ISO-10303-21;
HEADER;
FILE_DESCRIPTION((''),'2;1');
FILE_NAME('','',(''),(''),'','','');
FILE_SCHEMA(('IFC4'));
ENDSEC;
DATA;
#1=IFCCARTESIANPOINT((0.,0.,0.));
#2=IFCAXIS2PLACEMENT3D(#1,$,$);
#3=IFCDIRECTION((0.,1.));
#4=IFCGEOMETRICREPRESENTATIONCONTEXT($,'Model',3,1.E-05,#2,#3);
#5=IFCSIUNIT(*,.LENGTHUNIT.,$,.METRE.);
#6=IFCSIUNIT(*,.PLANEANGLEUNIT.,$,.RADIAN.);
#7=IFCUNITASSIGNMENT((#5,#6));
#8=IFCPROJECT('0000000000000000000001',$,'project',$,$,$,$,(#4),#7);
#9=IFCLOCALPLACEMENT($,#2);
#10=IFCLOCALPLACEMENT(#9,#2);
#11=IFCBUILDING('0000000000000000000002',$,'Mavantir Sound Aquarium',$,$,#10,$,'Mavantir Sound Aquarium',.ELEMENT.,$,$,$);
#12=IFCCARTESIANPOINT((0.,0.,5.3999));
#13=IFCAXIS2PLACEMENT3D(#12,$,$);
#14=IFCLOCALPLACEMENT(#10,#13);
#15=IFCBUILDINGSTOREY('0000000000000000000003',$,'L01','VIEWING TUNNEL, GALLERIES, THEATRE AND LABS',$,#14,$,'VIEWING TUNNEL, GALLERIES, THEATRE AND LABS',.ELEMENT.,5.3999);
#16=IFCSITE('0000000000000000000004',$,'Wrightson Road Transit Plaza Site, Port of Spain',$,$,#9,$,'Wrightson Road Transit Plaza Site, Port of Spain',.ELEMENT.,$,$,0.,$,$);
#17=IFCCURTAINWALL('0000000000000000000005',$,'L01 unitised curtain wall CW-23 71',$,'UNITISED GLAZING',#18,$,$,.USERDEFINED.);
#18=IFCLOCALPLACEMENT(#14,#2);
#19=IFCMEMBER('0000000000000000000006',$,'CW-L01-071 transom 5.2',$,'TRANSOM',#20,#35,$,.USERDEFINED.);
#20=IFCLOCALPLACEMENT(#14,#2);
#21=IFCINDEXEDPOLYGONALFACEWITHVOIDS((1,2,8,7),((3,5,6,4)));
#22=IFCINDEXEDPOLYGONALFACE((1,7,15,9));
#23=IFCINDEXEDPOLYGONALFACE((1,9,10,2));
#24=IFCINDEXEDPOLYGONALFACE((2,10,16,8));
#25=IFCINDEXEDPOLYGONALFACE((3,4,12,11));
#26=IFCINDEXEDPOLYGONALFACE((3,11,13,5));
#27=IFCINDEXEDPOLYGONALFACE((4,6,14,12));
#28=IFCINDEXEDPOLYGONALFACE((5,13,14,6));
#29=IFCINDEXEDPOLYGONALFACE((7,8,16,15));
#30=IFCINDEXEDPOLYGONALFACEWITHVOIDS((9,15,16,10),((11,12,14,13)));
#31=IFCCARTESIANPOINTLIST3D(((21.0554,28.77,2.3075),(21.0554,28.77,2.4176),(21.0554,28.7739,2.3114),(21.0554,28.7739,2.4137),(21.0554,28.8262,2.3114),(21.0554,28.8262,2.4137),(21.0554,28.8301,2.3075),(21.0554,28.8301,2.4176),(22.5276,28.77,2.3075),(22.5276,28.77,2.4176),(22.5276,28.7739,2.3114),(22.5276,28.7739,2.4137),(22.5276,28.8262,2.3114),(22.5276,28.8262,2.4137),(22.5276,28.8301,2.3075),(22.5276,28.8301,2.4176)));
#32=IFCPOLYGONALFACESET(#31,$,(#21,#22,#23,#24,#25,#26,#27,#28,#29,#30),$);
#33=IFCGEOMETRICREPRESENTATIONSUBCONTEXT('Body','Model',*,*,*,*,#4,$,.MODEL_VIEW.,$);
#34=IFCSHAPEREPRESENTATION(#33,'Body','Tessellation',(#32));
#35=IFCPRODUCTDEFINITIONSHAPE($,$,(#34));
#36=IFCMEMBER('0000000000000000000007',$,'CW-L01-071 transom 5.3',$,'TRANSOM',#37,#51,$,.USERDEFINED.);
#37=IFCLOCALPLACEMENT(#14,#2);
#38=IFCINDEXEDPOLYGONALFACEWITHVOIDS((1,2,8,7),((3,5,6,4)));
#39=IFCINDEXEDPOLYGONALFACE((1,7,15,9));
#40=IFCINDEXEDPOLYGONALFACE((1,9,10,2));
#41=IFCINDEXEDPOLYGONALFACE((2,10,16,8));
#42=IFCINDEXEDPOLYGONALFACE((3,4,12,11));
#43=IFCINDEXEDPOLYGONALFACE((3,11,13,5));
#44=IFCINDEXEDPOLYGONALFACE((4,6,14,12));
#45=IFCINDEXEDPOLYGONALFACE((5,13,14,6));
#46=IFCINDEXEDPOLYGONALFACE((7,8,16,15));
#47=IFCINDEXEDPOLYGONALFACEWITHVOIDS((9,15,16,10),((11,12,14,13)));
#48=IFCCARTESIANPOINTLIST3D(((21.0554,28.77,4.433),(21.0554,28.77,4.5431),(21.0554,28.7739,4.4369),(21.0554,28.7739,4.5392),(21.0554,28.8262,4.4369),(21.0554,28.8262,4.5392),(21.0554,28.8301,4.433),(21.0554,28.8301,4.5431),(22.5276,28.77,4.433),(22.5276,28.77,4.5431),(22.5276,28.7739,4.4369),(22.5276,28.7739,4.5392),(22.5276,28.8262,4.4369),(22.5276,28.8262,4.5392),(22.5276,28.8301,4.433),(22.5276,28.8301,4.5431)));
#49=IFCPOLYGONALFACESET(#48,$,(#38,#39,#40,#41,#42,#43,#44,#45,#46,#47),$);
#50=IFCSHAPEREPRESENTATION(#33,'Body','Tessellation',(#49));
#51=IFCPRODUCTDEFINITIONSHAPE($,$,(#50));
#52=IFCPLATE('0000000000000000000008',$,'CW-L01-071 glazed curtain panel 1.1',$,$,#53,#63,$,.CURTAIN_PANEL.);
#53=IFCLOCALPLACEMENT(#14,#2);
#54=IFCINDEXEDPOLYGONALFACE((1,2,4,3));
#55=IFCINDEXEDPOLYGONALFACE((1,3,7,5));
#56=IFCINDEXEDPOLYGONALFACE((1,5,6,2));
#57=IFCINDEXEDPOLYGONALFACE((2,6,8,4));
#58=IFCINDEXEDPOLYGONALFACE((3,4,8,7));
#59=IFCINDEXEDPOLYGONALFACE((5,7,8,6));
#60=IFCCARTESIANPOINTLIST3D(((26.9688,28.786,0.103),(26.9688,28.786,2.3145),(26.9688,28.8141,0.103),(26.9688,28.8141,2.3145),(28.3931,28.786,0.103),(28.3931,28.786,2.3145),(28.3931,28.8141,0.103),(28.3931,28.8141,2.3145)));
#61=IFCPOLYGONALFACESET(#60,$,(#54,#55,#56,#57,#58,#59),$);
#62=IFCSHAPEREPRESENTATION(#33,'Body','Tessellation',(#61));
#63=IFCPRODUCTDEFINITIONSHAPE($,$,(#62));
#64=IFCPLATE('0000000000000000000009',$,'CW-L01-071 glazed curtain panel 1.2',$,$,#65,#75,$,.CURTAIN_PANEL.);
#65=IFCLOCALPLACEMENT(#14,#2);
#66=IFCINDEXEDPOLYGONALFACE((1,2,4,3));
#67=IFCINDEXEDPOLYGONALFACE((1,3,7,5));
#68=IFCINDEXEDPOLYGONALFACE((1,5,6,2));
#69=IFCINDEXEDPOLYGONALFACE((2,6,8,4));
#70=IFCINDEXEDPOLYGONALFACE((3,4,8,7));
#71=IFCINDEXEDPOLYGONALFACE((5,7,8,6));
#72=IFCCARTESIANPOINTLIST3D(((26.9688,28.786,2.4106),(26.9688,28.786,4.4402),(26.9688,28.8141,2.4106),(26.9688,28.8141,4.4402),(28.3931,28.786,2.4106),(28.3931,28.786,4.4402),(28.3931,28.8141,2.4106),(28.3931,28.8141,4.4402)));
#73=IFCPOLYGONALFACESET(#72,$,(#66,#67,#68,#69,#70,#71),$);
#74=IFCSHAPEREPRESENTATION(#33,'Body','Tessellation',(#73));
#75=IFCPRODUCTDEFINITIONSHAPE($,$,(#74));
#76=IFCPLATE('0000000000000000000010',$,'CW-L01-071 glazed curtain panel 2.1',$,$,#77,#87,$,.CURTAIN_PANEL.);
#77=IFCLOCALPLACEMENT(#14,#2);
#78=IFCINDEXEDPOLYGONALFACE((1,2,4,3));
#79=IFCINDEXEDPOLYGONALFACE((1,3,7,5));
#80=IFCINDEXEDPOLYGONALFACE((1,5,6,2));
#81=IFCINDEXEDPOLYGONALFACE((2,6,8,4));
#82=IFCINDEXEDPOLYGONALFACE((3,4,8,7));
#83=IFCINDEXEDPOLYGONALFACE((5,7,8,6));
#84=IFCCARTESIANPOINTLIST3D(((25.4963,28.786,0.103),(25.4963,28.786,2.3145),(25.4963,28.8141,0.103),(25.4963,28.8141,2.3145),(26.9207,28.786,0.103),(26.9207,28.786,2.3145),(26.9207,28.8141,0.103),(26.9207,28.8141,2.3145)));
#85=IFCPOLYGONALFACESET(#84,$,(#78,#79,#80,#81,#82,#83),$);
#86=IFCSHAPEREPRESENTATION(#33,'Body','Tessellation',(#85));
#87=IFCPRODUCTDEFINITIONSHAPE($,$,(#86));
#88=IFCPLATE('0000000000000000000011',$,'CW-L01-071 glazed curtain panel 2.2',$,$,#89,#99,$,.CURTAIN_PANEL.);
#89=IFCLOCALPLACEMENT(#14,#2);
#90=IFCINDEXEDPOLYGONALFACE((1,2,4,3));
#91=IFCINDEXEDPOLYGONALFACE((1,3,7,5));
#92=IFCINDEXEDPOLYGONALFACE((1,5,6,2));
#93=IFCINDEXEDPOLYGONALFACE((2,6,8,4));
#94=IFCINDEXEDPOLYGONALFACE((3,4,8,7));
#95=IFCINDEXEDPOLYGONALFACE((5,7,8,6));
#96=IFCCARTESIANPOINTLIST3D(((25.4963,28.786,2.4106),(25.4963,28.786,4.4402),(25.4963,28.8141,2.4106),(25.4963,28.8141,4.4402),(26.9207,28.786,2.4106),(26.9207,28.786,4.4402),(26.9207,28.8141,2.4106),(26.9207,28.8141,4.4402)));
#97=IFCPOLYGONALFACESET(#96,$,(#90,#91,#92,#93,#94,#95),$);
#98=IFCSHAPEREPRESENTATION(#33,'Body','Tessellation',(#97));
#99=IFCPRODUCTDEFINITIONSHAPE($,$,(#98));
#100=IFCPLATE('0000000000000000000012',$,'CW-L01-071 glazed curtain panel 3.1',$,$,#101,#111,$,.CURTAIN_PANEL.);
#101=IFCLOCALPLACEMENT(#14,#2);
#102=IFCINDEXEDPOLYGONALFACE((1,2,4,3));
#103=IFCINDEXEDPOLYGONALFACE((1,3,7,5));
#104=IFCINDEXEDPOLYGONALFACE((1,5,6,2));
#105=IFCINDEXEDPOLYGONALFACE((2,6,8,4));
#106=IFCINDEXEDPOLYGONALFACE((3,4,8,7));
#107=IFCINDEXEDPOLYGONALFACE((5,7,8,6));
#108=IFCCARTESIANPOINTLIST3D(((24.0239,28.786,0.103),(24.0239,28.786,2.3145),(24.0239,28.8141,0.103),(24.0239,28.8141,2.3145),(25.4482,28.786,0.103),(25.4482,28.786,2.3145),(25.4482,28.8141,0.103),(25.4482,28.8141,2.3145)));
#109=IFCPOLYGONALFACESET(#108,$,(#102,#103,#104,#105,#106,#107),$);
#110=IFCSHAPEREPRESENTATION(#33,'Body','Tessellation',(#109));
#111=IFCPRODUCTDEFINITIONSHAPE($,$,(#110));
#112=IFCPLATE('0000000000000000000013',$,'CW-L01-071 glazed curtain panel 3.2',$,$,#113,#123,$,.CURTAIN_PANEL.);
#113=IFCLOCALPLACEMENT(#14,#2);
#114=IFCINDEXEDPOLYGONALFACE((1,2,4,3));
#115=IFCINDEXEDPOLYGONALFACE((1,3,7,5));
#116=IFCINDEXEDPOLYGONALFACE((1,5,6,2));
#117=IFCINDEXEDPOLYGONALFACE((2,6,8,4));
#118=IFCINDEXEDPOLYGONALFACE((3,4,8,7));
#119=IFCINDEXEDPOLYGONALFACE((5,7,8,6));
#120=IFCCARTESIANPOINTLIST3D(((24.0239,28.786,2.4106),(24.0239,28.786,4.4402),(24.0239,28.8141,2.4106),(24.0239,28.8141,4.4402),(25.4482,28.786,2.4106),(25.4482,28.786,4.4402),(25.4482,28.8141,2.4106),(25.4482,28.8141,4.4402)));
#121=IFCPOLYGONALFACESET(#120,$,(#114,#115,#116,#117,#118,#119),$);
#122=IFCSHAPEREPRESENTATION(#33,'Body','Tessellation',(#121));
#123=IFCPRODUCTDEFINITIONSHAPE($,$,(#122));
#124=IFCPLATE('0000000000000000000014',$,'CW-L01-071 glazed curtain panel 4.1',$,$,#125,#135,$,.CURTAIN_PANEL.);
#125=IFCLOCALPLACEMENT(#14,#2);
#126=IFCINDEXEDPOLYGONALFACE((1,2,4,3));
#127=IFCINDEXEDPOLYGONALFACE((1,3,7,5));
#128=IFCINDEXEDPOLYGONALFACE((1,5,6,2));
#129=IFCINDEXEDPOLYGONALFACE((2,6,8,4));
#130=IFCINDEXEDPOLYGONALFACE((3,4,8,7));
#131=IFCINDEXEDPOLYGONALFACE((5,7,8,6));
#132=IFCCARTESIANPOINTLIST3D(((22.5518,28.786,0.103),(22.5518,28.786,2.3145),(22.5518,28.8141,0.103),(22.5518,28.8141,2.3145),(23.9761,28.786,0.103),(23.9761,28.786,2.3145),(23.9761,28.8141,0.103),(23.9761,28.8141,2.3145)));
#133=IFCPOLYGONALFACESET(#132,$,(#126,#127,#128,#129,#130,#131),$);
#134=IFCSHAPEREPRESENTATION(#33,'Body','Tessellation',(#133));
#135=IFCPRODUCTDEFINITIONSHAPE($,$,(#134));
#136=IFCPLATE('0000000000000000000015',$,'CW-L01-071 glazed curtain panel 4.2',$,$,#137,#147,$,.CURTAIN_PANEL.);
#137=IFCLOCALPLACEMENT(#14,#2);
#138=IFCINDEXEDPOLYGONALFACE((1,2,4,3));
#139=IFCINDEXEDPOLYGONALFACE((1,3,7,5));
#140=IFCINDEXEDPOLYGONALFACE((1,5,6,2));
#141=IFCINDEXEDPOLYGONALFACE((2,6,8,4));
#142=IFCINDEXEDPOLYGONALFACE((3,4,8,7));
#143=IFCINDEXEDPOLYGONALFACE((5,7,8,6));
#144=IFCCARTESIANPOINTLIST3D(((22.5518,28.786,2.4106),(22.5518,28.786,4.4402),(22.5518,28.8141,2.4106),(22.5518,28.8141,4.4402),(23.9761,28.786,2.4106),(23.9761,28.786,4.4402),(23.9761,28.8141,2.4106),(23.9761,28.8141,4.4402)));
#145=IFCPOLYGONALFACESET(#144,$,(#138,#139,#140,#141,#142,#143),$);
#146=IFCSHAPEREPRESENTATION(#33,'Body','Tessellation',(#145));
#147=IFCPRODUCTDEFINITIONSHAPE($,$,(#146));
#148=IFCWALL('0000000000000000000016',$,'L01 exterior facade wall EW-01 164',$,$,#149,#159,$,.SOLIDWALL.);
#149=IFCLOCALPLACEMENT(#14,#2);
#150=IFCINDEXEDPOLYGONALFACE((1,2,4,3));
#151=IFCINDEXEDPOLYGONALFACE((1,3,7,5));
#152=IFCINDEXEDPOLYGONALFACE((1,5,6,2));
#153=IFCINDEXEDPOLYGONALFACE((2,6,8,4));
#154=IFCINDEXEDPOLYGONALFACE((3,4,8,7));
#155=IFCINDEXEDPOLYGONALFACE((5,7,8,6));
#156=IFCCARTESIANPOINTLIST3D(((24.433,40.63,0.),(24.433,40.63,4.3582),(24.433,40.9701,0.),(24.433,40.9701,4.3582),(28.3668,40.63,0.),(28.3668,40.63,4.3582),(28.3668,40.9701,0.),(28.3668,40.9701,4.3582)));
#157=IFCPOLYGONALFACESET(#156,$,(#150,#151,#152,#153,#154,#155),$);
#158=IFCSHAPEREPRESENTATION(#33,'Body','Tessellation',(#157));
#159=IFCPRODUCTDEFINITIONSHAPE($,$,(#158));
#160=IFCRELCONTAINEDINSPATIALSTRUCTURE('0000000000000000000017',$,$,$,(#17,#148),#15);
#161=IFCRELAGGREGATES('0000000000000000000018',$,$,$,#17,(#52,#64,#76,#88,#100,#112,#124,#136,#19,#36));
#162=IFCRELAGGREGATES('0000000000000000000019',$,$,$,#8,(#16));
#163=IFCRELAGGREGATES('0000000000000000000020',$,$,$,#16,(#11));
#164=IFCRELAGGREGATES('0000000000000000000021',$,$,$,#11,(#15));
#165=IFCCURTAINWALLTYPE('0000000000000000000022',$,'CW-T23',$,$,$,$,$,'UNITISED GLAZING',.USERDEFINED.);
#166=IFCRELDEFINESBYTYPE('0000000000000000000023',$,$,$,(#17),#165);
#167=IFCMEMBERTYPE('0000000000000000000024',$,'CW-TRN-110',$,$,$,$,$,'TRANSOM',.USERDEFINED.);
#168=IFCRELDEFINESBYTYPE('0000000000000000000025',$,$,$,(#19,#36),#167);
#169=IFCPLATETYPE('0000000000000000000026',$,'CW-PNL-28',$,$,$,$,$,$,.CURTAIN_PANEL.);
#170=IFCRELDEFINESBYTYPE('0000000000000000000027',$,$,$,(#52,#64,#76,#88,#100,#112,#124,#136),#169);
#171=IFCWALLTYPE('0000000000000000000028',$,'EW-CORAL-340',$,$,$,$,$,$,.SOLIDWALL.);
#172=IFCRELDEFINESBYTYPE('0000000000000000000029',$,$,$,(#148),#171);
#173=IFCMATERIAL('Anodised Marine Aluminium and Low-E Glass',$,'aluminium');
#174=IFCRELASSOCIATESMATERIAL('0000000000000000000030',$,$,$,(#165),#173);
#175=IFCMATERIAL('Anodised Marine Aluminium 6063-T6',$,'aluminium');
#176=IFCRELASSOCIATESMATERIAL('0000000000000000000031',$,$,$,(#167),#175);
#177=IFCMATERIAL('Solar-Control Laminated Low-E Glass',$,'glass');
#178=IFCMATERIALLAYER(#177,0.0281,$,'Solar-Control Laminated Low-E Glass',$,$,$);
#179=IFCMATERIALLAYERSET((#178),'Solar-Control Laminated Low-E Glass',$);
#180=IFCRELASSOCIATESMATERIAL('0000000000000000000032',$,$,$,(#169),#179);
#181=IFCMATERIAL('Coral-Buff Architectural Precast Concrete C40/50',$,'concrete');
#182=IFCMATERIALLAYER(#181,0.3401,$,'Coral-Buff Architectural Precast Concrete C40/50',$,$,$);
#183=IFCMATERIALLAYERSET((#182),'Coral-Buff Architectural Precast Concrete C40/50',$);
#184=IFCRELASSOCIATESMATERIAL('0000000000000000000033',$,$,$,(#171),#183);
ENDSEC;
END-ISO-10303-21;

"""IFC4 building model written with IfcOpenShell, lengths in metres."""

from ifc_helpers import new_model, si_unit, direction, frame, frame_2d, origin, origin_2d, place, context, subcontext, project, spatial, rectangle, hollow_rectangle, extrude, material, layer, layer_set, material_profile, profile_set, type_object, element, aggregate, save


model = new_model("IFC4")

# Units and contexts
model_context = context("Model", 3, precision=1e-05, world=origin(), true_north=direction((0.0, 1.0)))
body_context = subcontext(model_context, "Body", "Model", "MODEL_VIEW")
ifc_project = project(units=[si_unit("LENGTHUNIT", "METRE"), si_unit("PLANEANGLEUNIT", "RADIAN")], contexts=[model_context])

# Site, building, storey
site_placement = place(None, origin())
site = spatial("IfcSite", under=ifc_project, at=site_placement, Name="Wrightson Road Transit Plaza Site, Port of Spain", LongName="Wrightson Road Transit Plaza Site, Port of Spain", CompositionType="ELEMENT", RefElevation=0.0)
building_placement = place(site_placement, origin())
building = spatial("IfcBuilding", under=site, at=building_placement, Name="Mavantir Sound Aquarium", LongName="Mavantir Sound Aquarium", CompositionType="ELEMENT")
storey_placement = place(building_placement, frame((0.0, 0.0, 5.3999)))
storey = spatial("IfcBuildingStorey", under=building, at=storey_placement, Name="L01", Description="VIEWING TUNNEL, GALLERIES, THEATRE AND LABS", LongName="VIEWING TUNNEL, GALLERIES, THEATRE AND LABS", CompositionType="ELEMENT", Elevation=5.3999)

# Curtain wall, members, plates
ifc_material_1 = material(Name="Anodised Marine Aluminium and Low-E Glass", Category="aluminium")
curtain_wall_type = type_object("IfcCurtainWallType", Name="CW-T23", ElementType="UNITISED GLAZING", PredefinedType="USERDEFINED", material=ifc_material_1)
curtain_wall_placement = place(storey_placement, origin())
curtain_wall = element("IfcCurtainWall", 1, at=curtain_wall_placement, inside=storey, type_object=curtain_wall_type, Name="L01 unitised curtain wall CW-23 71", ObjectType="UNITISED GLAZING", PredefinedType="USERDEFINED")
ifc_material_2 = material(Name="Anodised Marine Aluminium 6063-T6", Category="aluminium")
ifc_material_profile_1 = material_profile(ifc_material_2, hollow_rectangle(XDim=0.0601, YDim=0.1101, WallThickness=0.0039, at=origin_2d()), Name="ALU-TRANSOM-110X60")
ifc_profile_set_1 = profile_set([ifc_material_profile_1], Name="Anodised Marine Aluminium 6063-T6")
member_type_1 = type_object("IfcMemberType", Name="CW-TRN-110", ElementType="TRANSOM", PredefinedType="USERDEFINED", material=ifc_profile_set_1)
member_1_placement = place(storey_placement, frame((22.5276, 28.8, 2.3625), z_axis=(-1.0, 0.0, 0.0), x_axis=(0.0, -1.0, 0.0)))
member_1 = element("IfcMember", 2, at=member_1_placement, type_object=member_type_1, Name="CW-L01-071 transom 5.2", ObjectType="TRANSOM", PredefinedType="USERDEFINED", context=body_context, shape_type="SweptSolid", body=[
    extrude(hollow_rectangle(XDim=0.0601, YDim=0.1101, WallThickness=0.0039, at=origin_2d()), origin(), (0.0, 0.0, 1.0), 1.4722),
])
member_2_placement = place(storey_placement, frame((22.5276, 28.8, 4.488), z_axis=(-1.0, 0.0, 0.0), x_axis=(0.0, -1.0, 0.0)))
member_2 = element("IfcMember", 3, at=member_2_placement, type_object=member_type_1, Name="CW-L01-071 transom 5.3", ObjectType="TRANSOM", PredefinedType="USERDEFINED", context=body_context, shape_type="SweptSolid", body=[
    extrude(hollow_rectangle(XDim=0.0601, YDim=0.1101, WallThickness=0.0039, at=origin_2d()), origin(), (0.0, 0.0, 1.0), 1.4722),
])
ifc_material_3 = material(Name="Solar-Control Laminated Low-E Glass", Category="glass")
ifc_layer_1 = layer(ifc_material_3, 0.0281, Name="Solar-Control Laminated Low-E Glass")
ifc_layer_set_1 = layer_set([ifc_layer_1], Name="Solar-Control Laminated Low-E Glass")
plate_type = type_object("IfcPlateType", Name="CW-PNL-28", PredefinedType="CURTAIN_PANEL", material=ifc_layer_set_1)
plate_1_placement = place(storey_placement, frame((27.6809, 28.8, 0.103), z_axis=(0.0, 0.0, 1.0), x_axis=(-1.0, 0.0, 0.0)))
plate_1 = element("IfcPlate", 4, at=plate_1_placement, type_object=plate_type, Name="CW-L01-071 glazed curtain panel 1.1", PredefinedType="CURTAIN_PANEL", context=body_context, shape_type="SweptSolid", body=[
    extrude(rectangle(XDim=1.4243, YDim=0.0281, at=origin_2d()), origin(), (0.0, 0.0, 1.0), 2.2114),
])
plate_2_placement = place(storey_placement, frame((27.6809, 28.8, 2.4106), z_axis=(0.0, 0.0, 1.0), x_axis=(-1.0, 0.0, 0.0)))
plate_2 = element("IfcPlate", 5, at=plate_2_placement, type_object=plate_type, Name="CW-L01-071 glazed curtain panel 1.2", PredefinedType="CURTAIN_PANEL", context=body_context, shape_type="SweptSolid", body=[
    extrude(rectangle(XDim=1.4243, YDim=0.0281, at=origin_2d()), origin(), (0.0, 0.0, 1.0), 2.0295),
])
plate_3_placement = place(storey_placement, frame((26.2085, 28.8, 0.103), z_axis=(0.0, 0.0, 1.0), x_axis=(-1.0, 0.0, 0.0)))
plate_3 = element("IfcPlate", 6, at=plate_3_placement, type_object=plate_type, Name="CW-L01-071 glazed curtain panel 2.1", PredefinedType="CURTAIN_PANEL", context=body_context, shape_type="SweptSolid", body=[
    extrude(rectangle(XDim=1.4243, YDim=0.0281, at=origin_2d()), origin(), (0.0, 0.0, 1.0), 2.2114),
])
plate_4_placement = place(storey_placement, frame((26.2085, 28.8, 2.4106), z_axis=(0.0, 0.0, 1.0), x_axis=(-1.0, 0.0, 0.0)))
plate_4 = element("IfcPlate", 7, at=plate_4_placement, type_object=plate_type, Name="CW-L01-071 glazed curtain panel 2.2", PredefinedType="CURTAIN_PANEL", context=body_context, shape_type="SweptSolid", body=[
    extrude(rectangle(XDim=1.4243, YDim=0.0281, at=origin_2d()), origin(), (0.0, 0.0, 1.0), 2.0295),
])
plate_5_placement = place(storey_placement, frame((24.7361, 28.8, 0.103), z_axis=(0.0, 0.0, 1.0), x_axis=(-1.0, 0.0, 0.0)))
plate_5 = element("IfcPlate", 8, at=plate_5_placement, type_object=plate_type, Name="CW-L01-071 glazed curtain panel 3.1", PredefinedType="CURTAIN_PANEL", context=body_context, shape_type="SweptSolid", body=[
    extrude(rectangle(XDim=1.4243, YDim=0.0281, at=origin_2d()), origin(), (0.0, 0.0, 1.0), 2.2114),
])
plate_6_placement = place(storey_placement, frame((24.7361, 28.8, 2.4106), z_axis=(0.0, 0.0, 1.0), x_axis=(-1.0, 0.0, 0.0)))
plate_6 = element("IfcPlate", 9, at=plate_6_placement, type_object=plate_type, Name="CW-L01-071 glazed curtain panel 3.2", PredefinedType="CURTAIN_PANEL", context=body_context, shape_type="SweptSolid", body=[
    extrude(rectangle(XDim=1.4243, YDim=0.0281, at=origin_2d()), origin(), (0.0, 0.0, 1.0), 2.0295),
])
plate_7_placement = place(storey_placement, frame((23.2639, 28.8, 0.103), z_axis=(0.0, 0.0, 1.0), x_axis=(-1.0, 0.0, 0.0)))
plate_7 = element("IfcPlate", 10, at=plate_7_placement, type_object=plate_type, Name="CW-L01-071 glazed curtain panel 4.1", PredefinedType="CURTAIN_PANEL", context=body_context, shape_type="SweptSolid", body=[
    extrude(rectangle(XDim=1.4243, YDim=0.0281, at=origin_2d()), origin(), (0.0, 0.0, 1.0), 2.2114),
])
plate_8_placement = place(storey_placement, frame((23.2639, 28.8, 2.4106), z_axis=(0.0, 0.0, 1.0), x_axis=(-1.0, 0.0, 0.0)))
plate_8 = element("IfcPlate", 11, at=plate_8_placement, type_object=plate_type, Name="CW-L01-071 glazed curtain panel 4.2", PredefinedType="CURTAIN_PANEL", context=body_context, shape_type="SweptSolid", body=[
    extrude(rectangle(XDim=1.4243, YDim=0.0281, at=origin_2d()), origin(), (0.0, 0.0, 1.0), 2.0295),
])
aggregate(curtain_wall, [plate_1, plate_2, plate_3, plate_4, plate_5, plate_6, plate_7, plate_8, member_1, member_2])

# Wall
ifc_material_4 = material(Name="Coral-Buff Architectural Precast Concrete C40/50", Category="concrete")
ifc_layer_2 = layer(ifc_material_4, 0.3401, Name="Coral-Buff Architectural Precast Concrete C40/50")
ifc_layer_set_2 = layer_set([ifc_layer_2], Name="Coral-Buff Architectural Precast Concrete C40/50")
wall_type = type_object("IfcWallType", Name="EW-CORAL-340", PredefinedType="SOLIDWALL", material=ifc_layer_set_2)
wall_placement = place(storey_placement, frame((24.4331, 40.8, 0.0), z_axis=(0.0, 0.0, 1.0), x_axis=(1.0, 0.0, 0.0)))
element("IfcWall", 12, at=wall_placement, inside=storey, type_object=wall_type, Name="L01 exterior facade wall EW-01 164", PredefinedType="SOLIDWALL", context=body_context, shape_type="SweptSolid", body=[
    extrude(rectangle(XDim=3.9338, YDim=0.3401, at=frame_2d((1.9668, 0.0))), origin(), (0.0, 0.0, 1.0), 4.3582),
])

save(model, "model.ifc")
